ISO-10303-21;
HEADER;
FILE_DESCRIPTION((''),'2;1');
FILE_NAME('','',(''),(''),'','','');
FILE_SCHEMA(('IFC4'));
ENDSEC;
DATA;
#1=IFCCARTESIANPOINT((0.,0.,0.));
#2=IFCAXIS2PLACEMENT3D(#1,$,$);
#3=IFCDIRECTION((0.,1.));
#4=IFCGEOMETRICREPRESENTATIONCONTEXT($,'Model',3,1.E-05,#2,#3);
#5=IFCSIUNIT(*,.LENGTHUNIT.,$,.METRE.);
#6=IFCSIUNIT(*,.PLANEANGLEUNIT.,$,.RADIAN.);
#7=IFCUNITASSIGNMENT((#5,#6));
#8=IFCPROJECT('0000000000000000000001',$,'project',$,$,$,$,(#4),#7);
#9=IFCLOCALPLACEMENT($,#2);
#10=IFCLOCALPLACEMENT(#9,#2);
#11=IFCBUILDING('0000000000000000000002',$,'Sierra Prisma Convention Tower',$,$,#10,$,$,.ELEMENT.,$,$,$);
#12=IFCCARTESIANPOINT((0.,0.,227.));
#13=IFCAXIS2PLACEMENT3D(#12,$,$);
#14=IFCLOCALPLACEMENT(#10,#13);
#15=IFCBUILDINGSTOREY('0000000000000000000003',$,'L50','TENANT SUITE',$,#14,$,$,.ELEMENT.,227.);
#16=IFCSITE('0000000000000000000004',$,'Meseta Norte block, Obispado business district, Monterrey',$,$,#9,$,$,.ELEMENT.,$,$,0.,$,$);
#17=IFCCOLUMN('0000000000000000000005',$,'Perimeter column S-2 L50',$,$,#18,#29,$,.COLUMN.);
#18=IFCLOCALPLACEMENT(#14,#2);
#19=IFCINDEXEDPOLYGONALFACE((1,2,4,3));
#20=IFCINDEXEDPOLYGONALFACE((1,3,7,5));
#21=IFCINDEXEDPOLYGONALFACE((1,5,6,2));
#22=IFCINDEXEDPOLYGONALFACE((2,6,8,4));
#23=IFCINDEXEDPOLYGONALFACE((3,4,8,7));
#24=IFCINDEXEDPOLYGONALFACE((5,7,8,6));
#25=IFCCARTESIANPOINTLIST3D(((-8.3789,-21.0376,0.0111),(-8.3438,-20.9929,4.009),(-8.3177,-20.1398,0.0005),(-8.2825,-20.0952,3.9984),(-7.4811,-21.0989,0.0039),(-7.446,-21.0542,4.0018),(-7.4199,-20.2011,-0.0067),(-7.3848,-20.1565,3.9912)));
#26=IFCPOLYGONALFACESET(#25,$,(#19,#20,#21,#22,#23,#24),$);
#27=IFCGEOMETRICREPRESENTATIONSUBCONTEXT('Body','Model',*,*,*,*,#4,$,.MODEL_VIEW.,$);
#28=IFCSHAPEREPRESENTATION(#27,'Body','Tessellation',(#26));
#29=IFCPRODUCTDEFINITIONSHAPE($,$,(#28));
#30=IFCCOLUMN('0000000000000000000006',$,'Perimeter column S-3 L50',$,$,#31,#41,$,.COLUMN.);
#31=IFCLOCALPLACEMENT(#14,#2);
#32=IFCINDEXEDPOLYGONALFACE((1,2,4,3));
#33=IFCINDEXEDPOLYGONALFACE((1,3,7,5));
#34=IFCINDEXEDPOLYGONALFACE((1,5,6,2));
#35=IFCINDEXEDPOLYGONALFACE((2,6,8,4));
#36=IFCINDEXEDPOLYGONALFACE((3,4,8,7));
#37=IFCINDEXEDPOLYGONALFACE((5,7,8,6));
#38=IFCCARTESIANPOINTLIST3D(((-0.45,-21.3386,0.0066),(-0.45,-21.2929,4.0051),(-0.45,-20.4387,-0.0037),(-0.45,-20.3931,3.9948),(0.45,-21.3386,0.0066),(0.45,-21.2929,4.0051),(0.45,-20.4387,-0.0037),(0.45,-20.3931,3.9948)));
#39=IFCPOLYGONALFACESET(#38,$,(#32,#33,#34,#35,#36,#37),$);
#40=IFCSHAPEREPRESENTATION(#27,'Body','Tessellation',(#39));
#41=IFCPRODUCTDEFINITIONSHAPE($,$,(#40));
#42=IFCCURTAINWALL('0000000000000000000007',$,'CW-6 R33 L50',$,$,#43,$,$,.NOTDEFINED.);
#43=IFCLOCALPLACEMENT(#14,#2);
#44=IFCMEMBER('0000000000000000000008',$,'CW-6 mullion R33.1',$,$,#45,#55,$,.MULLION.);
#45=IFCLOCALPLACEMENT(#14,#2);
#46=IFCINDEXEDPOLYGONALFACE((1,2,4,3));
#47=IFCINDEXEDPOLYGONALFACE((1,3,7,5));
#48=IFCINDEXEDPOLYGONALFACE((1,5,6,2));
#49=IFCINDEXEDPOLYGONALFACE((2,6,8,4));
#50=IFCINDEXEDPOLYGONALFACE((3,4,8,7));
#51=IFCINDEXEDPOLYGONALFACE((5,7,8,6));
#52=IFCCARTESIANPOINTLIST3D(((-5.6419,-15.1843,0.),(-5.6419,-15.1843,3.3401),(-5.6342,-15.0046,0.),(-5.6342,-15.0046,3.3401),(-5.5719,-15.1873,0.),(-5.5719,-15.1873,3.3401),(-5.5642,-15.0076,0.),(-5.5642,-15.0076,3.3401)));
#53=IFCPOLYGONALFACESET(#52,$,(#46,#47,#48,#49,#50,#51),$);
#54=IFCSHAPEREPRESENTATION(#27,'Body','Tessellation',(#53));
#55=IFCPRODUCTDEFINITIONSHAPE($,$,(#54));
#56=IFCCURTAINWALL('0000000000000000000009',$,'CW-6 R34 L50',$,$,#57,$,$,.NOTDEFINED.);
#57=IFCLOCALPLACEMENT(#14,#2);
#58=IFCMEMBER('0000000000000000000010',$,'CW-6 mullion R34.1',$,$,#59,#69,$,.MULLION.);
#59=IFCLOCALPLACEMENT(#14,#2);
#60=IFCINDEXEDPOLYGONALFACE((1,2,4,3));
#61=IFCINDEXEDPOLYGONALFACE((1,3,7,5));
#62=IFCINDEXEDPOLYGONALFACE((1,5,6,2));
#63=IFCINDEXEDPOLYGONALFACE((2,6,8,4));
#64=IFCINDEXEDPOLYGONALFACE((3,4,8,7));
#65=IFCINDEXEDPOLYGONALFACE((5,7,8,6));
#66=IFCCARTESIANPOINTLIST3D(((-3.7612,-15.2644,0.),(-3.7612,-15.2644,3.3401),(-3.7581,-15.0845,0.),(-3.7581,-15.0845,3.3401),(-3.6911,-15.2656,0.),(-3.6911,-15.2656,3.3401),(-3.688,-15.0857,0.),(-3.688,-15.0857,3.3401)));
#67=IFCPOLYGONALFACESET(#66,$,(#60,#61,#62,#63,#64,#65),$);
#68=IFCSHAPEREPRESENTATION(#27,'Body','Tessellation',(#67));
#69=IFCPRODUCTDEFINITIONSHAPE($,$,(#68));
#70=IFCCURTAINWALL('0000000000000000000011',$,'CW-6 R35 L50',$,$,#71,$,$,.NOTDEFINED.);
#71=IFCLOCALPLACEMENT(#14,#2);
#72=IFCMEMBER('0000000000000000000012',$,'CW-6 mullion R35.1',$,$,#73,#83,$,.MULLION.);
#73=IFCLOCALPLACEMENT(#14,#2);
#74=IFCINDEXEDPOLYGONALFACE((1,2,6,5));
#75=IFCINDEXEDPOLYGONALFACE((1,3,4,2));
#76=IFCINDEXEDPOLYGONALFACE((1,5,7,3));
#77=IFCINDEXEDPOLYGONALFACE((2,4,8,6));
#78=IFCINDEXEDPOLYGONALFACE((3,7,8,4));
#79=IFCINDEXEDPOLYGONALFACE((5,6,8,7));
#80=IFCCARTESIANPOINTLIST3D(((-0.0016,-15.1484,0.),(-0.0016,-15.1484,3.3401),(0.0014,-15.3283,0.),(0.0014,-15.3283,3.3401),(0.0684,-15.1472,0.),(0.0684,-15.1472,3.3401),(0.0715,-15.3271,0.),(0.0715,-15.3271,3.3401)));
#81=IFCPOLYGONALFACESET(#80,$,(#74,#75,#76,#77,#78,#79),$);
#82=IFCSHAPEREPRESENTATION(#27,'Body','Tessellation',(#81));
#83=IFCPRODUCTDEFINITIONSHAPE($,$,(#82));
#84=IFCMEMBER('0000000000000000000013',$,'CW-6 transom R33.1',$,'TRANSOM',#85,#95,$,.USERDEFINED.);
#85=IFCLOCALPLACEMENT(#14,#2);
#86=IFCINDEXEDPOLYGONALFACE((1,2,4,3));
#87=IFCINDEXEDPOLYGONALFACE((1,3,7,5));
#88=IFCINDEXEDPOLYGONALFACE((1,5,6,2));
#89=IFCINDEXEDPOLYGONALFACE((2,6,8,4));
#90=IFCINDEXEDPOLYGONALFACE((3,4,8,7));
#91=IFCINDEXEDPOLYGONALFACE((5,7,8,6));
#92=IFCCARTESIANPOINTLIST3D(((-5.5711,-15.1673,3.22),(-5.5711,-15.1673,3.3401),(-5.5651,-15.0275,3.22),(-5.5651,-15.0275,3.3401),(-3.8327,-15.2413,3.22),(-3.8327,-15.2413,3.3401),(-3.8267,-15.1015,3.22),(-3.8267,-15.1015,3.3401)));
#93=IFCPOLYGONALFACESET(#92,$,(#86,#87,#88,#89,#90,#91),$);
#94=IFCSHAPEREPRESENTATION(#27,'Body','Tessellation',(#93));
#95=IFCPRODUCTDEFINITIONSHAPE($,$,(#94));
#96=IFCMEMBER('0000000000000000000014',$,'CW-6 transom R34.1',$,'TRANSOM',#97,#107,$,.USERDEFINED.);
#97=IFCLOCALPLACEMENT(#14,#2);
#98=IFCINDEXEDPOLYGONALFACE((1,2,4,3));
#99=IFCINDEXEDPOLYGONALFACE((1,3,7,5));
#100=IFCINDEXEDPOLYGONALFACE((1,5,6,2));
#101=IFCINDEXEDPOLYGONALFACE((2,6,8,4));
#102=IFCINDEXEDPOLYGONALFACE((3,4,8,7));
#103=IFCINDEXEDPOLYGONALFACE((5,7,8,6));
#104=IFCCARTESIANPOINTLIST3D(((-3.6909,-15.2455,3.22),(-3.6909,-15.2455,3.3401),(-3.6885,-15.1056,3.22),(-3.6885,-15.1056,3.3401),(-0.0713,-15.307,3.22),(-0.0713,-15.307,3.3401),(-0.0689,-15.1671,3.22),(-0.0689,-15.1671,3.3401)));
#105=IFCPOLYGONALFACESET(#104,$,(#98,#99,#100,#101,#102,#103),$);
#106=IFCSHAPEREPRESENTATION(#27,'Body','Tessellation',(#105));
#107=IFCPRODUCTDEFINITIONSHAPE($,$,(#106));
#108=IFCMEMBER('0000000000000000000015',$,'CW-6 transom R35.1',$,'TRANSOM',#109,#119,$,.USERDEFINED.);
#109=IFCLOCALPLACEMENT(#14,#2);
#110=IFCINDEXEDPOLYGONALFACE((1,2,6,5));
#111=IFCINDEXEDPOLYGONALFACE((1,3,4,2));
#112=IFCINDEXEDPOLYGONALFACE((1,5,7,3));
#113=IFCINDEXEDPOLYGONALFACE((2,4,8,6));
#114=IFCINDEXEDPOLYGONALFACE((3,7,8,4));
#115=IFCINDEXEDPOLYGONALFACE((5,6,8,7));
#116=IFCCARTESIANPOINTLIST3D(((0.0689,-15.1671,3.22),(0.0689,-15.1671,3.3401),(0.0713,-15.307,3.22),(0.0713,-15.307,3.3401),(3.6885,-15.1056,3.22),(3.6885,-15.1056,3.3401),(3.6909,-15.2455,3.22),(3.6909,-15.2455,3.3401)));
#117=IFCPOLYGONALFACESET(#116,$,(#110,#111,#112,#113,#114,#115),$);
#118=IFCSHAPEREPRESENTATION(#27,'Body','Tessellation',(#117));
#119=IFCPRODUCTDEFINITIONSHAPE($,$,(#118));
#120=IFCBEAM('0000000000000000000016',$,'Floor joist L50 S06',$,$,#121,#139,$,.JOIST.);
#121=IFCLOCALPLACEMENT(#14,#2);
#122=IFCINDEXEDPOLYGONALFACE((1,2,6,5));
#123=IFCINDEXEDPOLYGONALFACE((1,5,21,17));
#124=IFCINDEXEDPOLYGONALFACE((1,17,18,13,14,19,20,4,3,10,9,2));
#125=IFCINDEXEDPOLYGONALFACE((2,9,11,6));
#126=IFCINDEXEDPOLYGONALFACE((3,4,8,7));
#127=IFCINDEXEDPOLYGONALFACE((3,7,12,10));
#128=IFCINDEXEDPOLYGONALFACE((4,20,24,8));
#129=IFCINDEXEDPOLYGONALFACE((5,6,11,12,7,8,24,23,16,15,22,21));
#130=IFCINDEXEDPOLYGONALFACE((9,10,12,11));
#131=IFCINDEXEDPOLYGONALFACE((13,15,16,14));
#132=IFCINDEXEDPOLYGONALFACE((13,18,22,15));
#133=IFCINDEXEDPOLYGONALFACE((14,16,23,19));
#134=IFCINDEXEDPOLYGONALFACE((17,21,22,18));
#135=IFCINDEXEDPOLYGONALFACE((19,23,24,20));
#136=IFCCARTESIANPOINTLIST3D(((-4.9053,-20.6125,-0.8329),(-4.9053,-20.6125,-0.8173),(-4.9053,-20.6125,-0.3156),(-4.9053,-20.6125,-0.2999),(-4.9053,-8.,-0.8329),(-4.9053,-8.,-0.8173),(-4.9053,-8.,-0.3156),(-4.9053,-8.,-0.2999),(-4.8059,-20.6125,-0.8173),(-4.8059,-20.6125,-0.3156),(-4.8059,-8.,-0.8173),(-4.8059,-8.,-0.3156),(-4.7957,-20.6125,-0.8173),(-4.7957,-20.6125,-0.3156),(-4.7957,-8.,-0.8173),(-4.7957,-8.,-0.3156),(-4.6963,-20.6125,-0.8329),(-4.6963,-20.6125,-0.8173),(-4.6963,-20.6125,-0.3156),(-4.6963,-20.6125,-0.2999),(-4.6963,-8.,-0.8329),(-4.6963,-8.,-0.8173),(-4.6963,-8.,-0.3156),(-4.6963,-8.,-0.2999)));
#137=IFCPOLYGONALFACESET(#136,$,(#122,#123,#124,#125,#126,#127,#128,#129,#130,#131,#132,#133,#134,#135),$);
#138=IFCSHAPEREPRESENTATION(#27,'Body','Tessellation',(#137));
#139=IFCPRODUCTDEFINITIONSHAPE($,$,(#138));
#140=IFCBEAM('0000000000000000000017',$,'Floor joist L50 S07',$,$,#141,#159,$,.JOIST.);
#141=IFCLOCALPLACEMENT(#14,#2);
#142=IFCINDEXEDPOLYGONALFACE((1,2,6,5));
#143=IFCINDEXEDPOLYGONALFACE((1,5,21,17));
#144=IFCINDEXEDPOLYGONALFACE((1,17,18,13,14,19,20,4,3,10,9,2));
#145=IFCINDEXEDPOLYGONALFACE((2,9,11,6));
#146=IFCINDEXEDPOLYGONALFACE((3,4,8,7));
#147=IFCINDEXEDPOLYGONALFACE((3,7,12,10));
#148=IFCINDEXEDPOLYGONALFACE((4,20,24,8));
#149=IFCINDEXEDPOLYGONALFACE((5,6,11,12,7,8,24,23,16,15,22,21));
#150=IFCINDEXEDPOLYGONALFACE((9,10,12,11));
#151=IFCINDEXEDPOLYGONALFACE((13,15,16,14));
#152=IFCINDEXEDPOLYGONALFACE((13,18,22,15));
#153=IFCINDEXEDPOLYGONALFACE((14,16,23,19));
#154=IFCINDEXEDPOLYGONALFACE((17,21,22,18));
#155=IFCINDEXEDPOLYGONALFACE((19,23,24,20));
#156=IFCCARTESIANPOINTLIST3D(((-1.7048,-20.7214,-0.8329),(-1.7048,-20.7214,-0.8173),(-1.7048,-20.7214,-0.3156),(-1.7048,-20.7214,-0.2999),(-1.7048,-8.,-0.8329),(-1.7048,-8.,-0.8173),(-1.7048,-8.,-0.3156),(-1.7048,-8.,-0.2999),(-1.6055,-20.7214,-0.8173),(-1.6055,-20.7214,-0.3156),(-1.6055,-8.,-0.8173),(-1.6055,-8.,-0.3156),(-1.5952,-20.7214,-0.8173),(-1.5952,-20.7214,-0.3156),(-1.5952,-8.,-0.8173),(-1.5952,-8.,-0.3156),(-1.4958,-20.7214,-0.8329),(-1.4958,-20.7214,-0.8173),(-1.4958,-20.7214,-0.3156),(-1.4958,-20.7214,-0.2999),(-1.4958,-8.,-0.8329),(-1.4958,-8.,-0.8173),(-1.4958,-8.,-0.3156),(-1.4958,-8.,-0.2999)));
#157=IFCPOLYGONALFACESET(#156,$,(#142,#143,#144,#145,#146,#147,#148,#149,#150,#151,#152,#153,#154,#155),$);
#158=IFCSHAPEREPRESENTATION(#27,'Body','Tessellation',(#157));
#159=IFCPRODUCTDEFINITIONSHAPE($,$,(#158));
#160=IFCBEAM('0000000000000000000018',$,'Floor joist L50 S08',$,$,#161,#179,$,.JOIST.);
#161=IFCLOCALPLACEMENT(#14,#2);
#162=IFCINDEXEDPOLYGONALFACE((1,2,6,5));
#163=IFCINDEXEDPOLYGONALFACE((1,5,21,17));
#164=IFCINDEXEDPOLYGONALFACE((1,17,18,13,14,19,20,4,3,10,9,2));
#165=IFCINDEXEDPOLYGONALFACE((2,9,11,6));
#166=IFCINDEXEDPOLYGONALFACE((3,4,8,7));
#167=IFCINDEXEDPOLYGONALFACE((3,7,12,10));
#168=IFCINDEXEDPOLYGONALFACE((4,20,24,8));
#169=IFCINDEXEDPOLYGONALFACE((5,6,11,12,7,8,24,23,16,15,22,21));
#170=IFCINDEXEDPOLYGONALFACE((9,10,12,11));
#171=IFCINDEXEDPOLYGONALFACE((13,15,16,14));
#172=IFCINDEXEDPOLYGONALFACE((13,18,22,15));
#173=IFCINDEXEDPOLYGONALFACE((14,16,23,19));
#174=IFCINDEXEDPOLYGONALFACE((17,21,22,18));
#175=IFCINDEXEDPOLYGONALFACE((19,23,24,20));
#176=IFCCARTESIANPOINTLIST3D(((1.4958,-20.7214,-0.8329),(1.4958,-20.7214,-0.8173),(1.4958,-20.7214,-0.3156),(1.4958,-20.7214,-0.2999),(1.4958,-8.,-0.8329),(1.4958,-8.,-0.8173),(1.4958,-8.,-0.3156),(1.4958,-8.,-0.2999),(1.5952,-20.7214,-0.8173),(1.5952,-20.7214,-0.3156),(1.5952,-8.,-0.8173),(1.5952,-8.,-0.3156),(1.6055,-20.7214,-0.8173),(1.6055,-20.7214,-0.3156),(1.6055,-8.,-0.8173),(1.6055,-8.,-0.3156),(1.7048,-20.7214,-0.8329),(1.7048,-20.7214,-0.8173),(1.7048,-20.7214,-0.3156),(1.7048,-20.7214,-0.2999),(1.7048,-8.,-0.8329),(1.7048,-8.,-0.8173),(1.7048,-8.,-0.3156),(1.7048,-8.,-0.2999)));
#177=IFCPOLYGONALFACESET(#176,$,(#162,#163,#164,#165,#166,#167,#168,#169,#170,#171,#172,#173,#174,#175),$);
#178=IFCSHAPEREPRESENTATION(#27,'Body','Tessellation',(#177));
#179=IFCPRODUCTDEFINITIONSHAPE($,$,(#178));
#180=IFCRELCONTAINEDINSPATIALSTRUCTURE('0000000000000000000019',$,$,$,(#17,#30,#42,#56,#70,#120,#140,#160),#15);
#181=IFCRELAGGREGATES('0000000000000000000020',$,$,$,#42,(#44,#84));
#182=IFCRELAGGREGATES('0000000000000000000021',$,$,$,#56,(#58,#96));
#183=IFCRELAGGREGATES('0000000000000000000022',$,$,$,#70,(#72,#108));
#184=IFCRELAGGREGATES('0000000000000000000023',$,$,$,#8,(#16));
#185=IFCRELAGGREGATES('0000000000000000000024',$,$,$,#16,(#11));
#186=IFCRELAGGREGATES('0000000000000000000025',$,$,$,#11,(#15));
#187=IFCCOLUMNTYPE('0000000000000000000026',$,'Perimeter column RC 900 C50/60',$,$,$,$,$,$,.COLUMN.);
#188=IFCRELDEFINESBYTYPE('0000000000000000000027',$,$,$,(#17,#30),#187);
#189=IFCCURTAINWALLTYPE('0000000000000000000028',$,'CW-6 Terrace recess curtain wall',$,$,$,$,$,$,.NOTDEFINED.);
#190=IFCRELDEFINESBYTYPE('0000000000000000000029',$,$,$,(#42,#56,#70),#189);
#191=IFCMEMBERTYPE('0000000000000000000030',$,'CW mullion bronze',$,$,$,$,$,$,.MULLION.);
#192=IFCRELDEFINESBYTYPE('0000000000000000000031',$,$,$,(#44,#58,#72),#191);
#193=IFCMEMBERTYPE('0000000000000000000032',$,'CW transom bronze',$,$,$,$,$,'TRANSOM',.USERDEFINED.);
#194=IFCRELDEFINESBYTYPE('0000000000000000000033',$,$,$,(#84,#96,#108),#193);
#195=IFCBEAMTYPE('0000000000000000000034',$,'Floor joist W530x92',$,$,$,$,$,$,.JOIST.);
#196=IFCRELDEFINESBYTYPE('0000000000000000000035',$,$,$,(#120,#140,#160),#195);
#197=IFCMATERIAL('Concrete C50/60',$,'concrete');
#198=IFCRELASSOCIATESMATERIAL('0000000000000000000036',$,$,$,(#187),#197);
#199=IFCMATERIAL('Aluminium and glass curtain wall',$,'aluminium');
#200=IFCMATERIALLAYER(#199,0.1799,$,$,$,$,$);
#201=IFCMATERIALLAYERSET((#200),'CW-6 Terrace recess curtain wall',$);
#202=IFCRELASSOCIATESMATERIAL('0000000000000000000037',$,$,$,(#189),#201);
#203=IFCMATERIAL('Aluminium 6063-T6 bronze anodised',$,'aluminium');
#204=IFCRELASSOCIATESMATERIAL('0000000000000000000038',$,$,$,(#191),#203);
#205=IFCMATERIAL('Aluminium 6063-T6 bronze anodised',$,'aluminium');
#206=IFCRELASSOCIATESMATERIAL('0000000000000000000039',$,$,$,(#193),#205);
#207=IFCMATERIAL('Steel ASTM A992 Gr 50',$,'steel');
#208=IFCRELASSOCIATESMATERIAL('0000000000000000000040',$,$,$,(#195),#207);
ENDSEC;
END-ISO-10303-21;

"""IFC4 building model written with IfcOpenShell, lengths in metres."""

from ifc_helpers import new_model, si_unit, direction, frame, origin, origin_2d, place, context, subcontext, project, spatial, rectangle, i_section, extrude, clip, halfspace, material, layer, layer_set, material_profile, profile_set, type_object, element, aggregate, save


model = new_model("IFC4")

# Units and contexts
model_context = context("Model", 3, precision=1e-05, world=origin(), true_north=direction((0.0, 1.0)))
body_context = subcontext(model_context, "Body", "Model", "MODEL_VIEW")
ifc_project = project(units=[si_unit("LENGTHUNIT", "METRE"), si_unit("PLANEANGLEUNIT", "RADIAN")], contexts=[model_context])

# Site, building, storey
site_placement = place(None, origin())
site = spatial("IfcSite", under=ifc_project, at=site_placement, Name="Meseta Norte block, Obispado business district, Monterrey", CompositionType="ELEMENT", RefElevation=0.0)
building_placement = place(site_placement, origin())
building = spatial("IfcBuilding", under=site, at=building_placement, Name="Sierra Prisma Convention Tower", CompositionType="ELEMENT")
storey_placement = place(building_placement, frame((0.0, 0.0, 227.0)))
storey = spatial("IfcBuildingStorey", under=building, at=storey_placement, Name="L50", Description="TENANT SUITE", CompositionType="ELEMENT", Elevation=227.0)

# Columns
ifc_material_1 = material(Name="Concrete C50/60", Category="concrete")
ifc_material_profile_1 = material_profile(ifc_material_1, rectangle(XDim=0.8999, YDim=0.8999, at=origin_2d()), Name="Perimeter column RC 900 C50/60")
ifc_profile_set_1 = profile_set([ifc_material_profile_1], Name="Concrete C50/60")
column_type = type_object("IfcColumnType", Name="Perimeter column RC 900 C50/60", PredefinedType="COLUMN", material=ifc_profile_set_1)
column_1_placement = place(storey_placement, frame((-7.8994, -20.6194, 0.0), z_axis=(0.008788, 0.011168, 0.999899), x_axis=(-0.997644, 0.068137, 0.008007)))
element("IfcColumn", 1, at=column_1_placement, inside=storey, type_object=column_type, Name="Perimeter column S-2 L50", PredefinedType="COLUMN", context=body_context, shape_type="SweptSolid", body=[
    clip(extrude(rectangle(XDim=0.8999, YDim=0.8999, at=origin_2d()), origin(), (0.0, 0.0, 1.0), 4.0005), halfspace(frame((0.0, 0.0, 0.0022)), True)),
])
column_2_placement = place(storey_placement, frame((0.0, -20.8887, 0.0), z_axis=(0.0, 0.011413, 0.999935), x_axis=(1.0, 0.0, 0.0)))
element("IfcColumn", 2, at=column_2_placement, inside=storey, type_object=column_type, Name="Perimeter column S-3 L50", PredefinedType="COLUMN", context=body_context, shape_type="SweptSolid", body=[
    clip(extrude(rectangle(XDim=0.8999, YDim=0.8999, at=origin_2d()), origin(), (0.0, 0.0, 1.0), 4.0002), halfspace(frame((0.0, 0.0, 0.0015)), True)),
])

# Curtain walls, members
ifc_material_2 = material(Name="Aluminium and glass curtain wall", Category="aluminium")
ifc_layer_1 = layer(ifc_material_2, 0.1799)
ifc_layer_set_1 = layer_set([ifc_layer_1], Name="CW-6 Terrace recess curtain wall")
curtain_wall_type = type_object("IfcCurtainWallType", Name="CW-6 Terrace recess curtain wall", PredefinedType="NOTDEFINED", material=ifc_layer_set_1)
curtain_wall_1_placement = place(storey_placement, origin())
curtain_wall_1 = element("IfcCurtainWall", 3, at=curtain_wall_1_placement, inside=storey, type_object=curtain_wall_type, Name="CW-6 R33 L50", PredefinedType="NOTDEFINED")
ifc_material_3 = material(Name="Aluminium 6063-T6 bronze anodised", Category="aluminium")
ifc_material_profile_2 = material_profile(ifc_material_3, rectangle(XDim=0.1799, YDim=0.0701, at=origin_2d()), Name="ALU MULLION 70x180")
ifc_profile_set_2 = profile_set([ifc_material_profile_2], Name="Aluminium 6063-T6 bronze anodised")
member_type_1 = type_object("IfcMemberType", Name="CW mullion bronze", PredefinedType="MULLION", material=ifc_profile_set_2)
member_1_placement = place(storey_placement, frame((-5.603, -15.0959, 0.0), z_axis=(0.0, 0.0, 1.0), x_axis=(0.042547, 0.999094, 0.0)))
member_1 = element("IfcMember", 4, at=member_1_placement, type_object=member_type_1, Name="CW-6 mullion R33.1", PredefinedType="MULLION", context=body_context, shape_type="SweptSolid", body=[
    extrude(rectangle(XDim=0.1799, YDim=0.0701, at=origin_2d()), origin(), (0.0, 0.0, 1.0), 3.3401),
])
curtain_wall_2_placement = place(storey_placement, origin())
curtain_wall_2 = element("IfcCurtainWall", 5, at=curtain_wall_2_placement, inside=storey, type_object=curtain_wall_type, Name="CW-6 R34 L50", PredefinedType="NOTDEFINED")
member_2_placement = place(storey_placement, frame((-3.7246, -15.175, 0.0), z_axis=(0.0, 0.0, 1.0), x_axis=(0.017023, 0.999855, 0.0)))
member_2 = element("IfcMember", 6, at=member_2_placement, type_object=member_type_1, Name="CW-6 mullion R34.1", PredefinedType="MULLION", context=body_context, shape_type="SweptSolid", body=[
    extrude(rectangle(XDim=0.1799, YDim=0.0701, at=origin_2d()), origin(), (0.0, 0.0, 1.0), 3.3401),
])
curtain_wall_3_placement = place(storey_placement, origin())
curtain_wall_3 = element("IfcCurtainWall", 7, at=curtain_wall_3_placement, inside=storey, type_object=curtain_wall_type, Name="CW-6 R35 L50", PredefinedType="NOTDEFINED")
member_3_placement = place(storey_placement, frame((0.0349, -15.2378, 0.0), z_axis=(0.0, 0.0, 1.0), x_axis=(-0.017023, 0.999855, 0.0)))
member_3 = element("IfcMember", 8, at=member_3_placement, type_object=member_type_1, Name="CW-6 mullion R35.1", PredefinedType="MULLION", context=body_context, shape_type="SweptSolid", body=[
    extrude(rectangle(XDim=0.1799, YDim=0.0701, at=origin_2d()), origin(), (0.0, 0.0, 1.0), 3.3401),
])

# Members
ifc_material_4 = material(Name="Aluminium 6063-T6 bronze anodised", Category="aluminium")
ifc_material_profile_3 = material_profile(ifc_material_4, rectangle(XDim=0.1399, YDim=0.1201, at=origin_2d()), Name="ALU TRANSOM 120x140")
ifc_profile_set_3 = profile_set([ifc_material_profile_3], Name="Aluminium 6063-T6 bronze anodised")
member_type_2 = type_object("IfcMemberType", Name="CW transom bronze", ElementType="TRANSOM", PredefinedType="USERDEFINED", material=ifc_profile_set_3)
member_4_placement = place(storey_placement, frame((-5.5681, -15.0974, 3.28), z_axis=(0.999096, -0.042512, 0.0), x_axis=(0.042512, 0.999096, 0.0)))
member_4 = element("IfcMember", 9, at=member_4_placement, type_object=member_type_2, Name="CW-6 transom R33.1", ObjectType="TRANSOM", PredefinedType="USERDEFINED", context=body_context, shape_type="SweptSolid", body=[
    extrude(rectangle(XDim=0.1399, YDim=0.1201, at=origin_2d()), origin(), (0.0, 0.0, 1.0), 1.74),
])
member_5_placement = place(storey_placement, frame((-3.6897, -15.1755, 3.28), z_axis=(0.999856, -0.016995, 0.0), x_axis=(0.016995, 0.999856, 0.0)))
member_5 = element("IfcMember", 10, at=member_5_placement, type_object=member_type_2, Name="CW-6 transom R34.1", ObjectType="TRANSOM", PredefinedType="USERDEFINED", context=body_context, shape_type="SweptSolid", body=[
    extrude(rectangle(XDim=0.1399, YDim=0.1201, at=origin_2d()), origin(), (0.0, 0.0, 1.0), 3.6201),
])
member_6_placement = place(storey_placement, frame((0.0701, -15.2371, 3.28), z_axis=(0.999856, 0.016995, 0.0), x_axis=(-0.016995, 0.999856, 0.0)))
member_6 = element("IfcMember", 11, at=member_6_placement, type_object=member_type_2, Name="CW-6 transom R35.1", ObjectType="TRANSOM", PredefinedType="USERDEFINED", context=body_context, shape_type="SweptSolid", body=[
    extrude(rectangle(XDim=0.1399, YDim=0.1201, at=origin_2d()), origin(), (0.0, 0.0, 1.0), 3.6201),
])

# Beams
ifc_material_5 = material(Name="Steel ASTM A992 Gr 50", Category="steel")
ifc_material_profile_4 = material_profile(ifc_material_5, i_section(OverallWidth=0.209, OverallDepth=0.533, WebThickness=0.0103, FlangeThickness=0.0156, at=origin_2d()), Name="W530x92")
ifc_profile_set_4 = profile_set([ifc_material_profile_4], Name="Steel ASTM A992 Gr 50")
beam_type_1 = type_object("IfcBeamType", Name="Floor joist W530x92", PredefinedType="JOIST", material=ifc_profile_set_4)
beam_placement = place(storey_placement, frame((-4.8008, -20.6125, -0.5664), z_axis=(0.0, 1.0, 0.0), x_axis=(-1.0, 0.0, 0.0)))
element("IfcBeam", 12, at=beam_placement, inside=storey, type_object=beam_type_1, Name="Floor joist L50 S06", PredefinedType="JOIST", context=body_context, shape_type="SweptSolid", body=[
    extrude(i_section(OverallWidth=0.209, OverallDepth=0.533, WebThickness=0.0103, FlangeThickness=0.0156, at=origin_2d()), origin(), (0.0, 0.0, 1.0), 12.6125),
])
for number, where, z_axis, x_axis, name in (
    (13, (-1.6003, -20.7214, -0.5664), (0.0, 1.0, 0.0), (-1.0, 0.0, 0.0), "Floor joist L50 S07"),
    (14, (1.6003, -20.7214, -0.5664), (0.0, 1.0, 0.0), (-1.0, 0.0, 0.0), "Floor joist L50 S08"),
):
    element("IfcBeam", number, at=place(storey_placement, frame(where, z_axis=z_axis, x_axis=x_axis)), inside=storey, type_object=beam_type_1, Name=name, PredefinedType="JOIST", context=body_context, shape_type="SweptSolid", body=[
        extrude(i_section(OverallWidth=0.209, OverallDepth=0.533, WebThickness=0.0103, FlangeThickness=0.0156, at=origin_2d()), origin(), (0.0, 0.0, 1.0), 12.7214),
    ])

aggregate(curtain_wall_1, [member_1, member_4])
aggregate(curtain_wall_2, [member_2, member_5])
aggregate(curtain_wall_3, [member_3, member_6])

save(model, "model.ifc")
